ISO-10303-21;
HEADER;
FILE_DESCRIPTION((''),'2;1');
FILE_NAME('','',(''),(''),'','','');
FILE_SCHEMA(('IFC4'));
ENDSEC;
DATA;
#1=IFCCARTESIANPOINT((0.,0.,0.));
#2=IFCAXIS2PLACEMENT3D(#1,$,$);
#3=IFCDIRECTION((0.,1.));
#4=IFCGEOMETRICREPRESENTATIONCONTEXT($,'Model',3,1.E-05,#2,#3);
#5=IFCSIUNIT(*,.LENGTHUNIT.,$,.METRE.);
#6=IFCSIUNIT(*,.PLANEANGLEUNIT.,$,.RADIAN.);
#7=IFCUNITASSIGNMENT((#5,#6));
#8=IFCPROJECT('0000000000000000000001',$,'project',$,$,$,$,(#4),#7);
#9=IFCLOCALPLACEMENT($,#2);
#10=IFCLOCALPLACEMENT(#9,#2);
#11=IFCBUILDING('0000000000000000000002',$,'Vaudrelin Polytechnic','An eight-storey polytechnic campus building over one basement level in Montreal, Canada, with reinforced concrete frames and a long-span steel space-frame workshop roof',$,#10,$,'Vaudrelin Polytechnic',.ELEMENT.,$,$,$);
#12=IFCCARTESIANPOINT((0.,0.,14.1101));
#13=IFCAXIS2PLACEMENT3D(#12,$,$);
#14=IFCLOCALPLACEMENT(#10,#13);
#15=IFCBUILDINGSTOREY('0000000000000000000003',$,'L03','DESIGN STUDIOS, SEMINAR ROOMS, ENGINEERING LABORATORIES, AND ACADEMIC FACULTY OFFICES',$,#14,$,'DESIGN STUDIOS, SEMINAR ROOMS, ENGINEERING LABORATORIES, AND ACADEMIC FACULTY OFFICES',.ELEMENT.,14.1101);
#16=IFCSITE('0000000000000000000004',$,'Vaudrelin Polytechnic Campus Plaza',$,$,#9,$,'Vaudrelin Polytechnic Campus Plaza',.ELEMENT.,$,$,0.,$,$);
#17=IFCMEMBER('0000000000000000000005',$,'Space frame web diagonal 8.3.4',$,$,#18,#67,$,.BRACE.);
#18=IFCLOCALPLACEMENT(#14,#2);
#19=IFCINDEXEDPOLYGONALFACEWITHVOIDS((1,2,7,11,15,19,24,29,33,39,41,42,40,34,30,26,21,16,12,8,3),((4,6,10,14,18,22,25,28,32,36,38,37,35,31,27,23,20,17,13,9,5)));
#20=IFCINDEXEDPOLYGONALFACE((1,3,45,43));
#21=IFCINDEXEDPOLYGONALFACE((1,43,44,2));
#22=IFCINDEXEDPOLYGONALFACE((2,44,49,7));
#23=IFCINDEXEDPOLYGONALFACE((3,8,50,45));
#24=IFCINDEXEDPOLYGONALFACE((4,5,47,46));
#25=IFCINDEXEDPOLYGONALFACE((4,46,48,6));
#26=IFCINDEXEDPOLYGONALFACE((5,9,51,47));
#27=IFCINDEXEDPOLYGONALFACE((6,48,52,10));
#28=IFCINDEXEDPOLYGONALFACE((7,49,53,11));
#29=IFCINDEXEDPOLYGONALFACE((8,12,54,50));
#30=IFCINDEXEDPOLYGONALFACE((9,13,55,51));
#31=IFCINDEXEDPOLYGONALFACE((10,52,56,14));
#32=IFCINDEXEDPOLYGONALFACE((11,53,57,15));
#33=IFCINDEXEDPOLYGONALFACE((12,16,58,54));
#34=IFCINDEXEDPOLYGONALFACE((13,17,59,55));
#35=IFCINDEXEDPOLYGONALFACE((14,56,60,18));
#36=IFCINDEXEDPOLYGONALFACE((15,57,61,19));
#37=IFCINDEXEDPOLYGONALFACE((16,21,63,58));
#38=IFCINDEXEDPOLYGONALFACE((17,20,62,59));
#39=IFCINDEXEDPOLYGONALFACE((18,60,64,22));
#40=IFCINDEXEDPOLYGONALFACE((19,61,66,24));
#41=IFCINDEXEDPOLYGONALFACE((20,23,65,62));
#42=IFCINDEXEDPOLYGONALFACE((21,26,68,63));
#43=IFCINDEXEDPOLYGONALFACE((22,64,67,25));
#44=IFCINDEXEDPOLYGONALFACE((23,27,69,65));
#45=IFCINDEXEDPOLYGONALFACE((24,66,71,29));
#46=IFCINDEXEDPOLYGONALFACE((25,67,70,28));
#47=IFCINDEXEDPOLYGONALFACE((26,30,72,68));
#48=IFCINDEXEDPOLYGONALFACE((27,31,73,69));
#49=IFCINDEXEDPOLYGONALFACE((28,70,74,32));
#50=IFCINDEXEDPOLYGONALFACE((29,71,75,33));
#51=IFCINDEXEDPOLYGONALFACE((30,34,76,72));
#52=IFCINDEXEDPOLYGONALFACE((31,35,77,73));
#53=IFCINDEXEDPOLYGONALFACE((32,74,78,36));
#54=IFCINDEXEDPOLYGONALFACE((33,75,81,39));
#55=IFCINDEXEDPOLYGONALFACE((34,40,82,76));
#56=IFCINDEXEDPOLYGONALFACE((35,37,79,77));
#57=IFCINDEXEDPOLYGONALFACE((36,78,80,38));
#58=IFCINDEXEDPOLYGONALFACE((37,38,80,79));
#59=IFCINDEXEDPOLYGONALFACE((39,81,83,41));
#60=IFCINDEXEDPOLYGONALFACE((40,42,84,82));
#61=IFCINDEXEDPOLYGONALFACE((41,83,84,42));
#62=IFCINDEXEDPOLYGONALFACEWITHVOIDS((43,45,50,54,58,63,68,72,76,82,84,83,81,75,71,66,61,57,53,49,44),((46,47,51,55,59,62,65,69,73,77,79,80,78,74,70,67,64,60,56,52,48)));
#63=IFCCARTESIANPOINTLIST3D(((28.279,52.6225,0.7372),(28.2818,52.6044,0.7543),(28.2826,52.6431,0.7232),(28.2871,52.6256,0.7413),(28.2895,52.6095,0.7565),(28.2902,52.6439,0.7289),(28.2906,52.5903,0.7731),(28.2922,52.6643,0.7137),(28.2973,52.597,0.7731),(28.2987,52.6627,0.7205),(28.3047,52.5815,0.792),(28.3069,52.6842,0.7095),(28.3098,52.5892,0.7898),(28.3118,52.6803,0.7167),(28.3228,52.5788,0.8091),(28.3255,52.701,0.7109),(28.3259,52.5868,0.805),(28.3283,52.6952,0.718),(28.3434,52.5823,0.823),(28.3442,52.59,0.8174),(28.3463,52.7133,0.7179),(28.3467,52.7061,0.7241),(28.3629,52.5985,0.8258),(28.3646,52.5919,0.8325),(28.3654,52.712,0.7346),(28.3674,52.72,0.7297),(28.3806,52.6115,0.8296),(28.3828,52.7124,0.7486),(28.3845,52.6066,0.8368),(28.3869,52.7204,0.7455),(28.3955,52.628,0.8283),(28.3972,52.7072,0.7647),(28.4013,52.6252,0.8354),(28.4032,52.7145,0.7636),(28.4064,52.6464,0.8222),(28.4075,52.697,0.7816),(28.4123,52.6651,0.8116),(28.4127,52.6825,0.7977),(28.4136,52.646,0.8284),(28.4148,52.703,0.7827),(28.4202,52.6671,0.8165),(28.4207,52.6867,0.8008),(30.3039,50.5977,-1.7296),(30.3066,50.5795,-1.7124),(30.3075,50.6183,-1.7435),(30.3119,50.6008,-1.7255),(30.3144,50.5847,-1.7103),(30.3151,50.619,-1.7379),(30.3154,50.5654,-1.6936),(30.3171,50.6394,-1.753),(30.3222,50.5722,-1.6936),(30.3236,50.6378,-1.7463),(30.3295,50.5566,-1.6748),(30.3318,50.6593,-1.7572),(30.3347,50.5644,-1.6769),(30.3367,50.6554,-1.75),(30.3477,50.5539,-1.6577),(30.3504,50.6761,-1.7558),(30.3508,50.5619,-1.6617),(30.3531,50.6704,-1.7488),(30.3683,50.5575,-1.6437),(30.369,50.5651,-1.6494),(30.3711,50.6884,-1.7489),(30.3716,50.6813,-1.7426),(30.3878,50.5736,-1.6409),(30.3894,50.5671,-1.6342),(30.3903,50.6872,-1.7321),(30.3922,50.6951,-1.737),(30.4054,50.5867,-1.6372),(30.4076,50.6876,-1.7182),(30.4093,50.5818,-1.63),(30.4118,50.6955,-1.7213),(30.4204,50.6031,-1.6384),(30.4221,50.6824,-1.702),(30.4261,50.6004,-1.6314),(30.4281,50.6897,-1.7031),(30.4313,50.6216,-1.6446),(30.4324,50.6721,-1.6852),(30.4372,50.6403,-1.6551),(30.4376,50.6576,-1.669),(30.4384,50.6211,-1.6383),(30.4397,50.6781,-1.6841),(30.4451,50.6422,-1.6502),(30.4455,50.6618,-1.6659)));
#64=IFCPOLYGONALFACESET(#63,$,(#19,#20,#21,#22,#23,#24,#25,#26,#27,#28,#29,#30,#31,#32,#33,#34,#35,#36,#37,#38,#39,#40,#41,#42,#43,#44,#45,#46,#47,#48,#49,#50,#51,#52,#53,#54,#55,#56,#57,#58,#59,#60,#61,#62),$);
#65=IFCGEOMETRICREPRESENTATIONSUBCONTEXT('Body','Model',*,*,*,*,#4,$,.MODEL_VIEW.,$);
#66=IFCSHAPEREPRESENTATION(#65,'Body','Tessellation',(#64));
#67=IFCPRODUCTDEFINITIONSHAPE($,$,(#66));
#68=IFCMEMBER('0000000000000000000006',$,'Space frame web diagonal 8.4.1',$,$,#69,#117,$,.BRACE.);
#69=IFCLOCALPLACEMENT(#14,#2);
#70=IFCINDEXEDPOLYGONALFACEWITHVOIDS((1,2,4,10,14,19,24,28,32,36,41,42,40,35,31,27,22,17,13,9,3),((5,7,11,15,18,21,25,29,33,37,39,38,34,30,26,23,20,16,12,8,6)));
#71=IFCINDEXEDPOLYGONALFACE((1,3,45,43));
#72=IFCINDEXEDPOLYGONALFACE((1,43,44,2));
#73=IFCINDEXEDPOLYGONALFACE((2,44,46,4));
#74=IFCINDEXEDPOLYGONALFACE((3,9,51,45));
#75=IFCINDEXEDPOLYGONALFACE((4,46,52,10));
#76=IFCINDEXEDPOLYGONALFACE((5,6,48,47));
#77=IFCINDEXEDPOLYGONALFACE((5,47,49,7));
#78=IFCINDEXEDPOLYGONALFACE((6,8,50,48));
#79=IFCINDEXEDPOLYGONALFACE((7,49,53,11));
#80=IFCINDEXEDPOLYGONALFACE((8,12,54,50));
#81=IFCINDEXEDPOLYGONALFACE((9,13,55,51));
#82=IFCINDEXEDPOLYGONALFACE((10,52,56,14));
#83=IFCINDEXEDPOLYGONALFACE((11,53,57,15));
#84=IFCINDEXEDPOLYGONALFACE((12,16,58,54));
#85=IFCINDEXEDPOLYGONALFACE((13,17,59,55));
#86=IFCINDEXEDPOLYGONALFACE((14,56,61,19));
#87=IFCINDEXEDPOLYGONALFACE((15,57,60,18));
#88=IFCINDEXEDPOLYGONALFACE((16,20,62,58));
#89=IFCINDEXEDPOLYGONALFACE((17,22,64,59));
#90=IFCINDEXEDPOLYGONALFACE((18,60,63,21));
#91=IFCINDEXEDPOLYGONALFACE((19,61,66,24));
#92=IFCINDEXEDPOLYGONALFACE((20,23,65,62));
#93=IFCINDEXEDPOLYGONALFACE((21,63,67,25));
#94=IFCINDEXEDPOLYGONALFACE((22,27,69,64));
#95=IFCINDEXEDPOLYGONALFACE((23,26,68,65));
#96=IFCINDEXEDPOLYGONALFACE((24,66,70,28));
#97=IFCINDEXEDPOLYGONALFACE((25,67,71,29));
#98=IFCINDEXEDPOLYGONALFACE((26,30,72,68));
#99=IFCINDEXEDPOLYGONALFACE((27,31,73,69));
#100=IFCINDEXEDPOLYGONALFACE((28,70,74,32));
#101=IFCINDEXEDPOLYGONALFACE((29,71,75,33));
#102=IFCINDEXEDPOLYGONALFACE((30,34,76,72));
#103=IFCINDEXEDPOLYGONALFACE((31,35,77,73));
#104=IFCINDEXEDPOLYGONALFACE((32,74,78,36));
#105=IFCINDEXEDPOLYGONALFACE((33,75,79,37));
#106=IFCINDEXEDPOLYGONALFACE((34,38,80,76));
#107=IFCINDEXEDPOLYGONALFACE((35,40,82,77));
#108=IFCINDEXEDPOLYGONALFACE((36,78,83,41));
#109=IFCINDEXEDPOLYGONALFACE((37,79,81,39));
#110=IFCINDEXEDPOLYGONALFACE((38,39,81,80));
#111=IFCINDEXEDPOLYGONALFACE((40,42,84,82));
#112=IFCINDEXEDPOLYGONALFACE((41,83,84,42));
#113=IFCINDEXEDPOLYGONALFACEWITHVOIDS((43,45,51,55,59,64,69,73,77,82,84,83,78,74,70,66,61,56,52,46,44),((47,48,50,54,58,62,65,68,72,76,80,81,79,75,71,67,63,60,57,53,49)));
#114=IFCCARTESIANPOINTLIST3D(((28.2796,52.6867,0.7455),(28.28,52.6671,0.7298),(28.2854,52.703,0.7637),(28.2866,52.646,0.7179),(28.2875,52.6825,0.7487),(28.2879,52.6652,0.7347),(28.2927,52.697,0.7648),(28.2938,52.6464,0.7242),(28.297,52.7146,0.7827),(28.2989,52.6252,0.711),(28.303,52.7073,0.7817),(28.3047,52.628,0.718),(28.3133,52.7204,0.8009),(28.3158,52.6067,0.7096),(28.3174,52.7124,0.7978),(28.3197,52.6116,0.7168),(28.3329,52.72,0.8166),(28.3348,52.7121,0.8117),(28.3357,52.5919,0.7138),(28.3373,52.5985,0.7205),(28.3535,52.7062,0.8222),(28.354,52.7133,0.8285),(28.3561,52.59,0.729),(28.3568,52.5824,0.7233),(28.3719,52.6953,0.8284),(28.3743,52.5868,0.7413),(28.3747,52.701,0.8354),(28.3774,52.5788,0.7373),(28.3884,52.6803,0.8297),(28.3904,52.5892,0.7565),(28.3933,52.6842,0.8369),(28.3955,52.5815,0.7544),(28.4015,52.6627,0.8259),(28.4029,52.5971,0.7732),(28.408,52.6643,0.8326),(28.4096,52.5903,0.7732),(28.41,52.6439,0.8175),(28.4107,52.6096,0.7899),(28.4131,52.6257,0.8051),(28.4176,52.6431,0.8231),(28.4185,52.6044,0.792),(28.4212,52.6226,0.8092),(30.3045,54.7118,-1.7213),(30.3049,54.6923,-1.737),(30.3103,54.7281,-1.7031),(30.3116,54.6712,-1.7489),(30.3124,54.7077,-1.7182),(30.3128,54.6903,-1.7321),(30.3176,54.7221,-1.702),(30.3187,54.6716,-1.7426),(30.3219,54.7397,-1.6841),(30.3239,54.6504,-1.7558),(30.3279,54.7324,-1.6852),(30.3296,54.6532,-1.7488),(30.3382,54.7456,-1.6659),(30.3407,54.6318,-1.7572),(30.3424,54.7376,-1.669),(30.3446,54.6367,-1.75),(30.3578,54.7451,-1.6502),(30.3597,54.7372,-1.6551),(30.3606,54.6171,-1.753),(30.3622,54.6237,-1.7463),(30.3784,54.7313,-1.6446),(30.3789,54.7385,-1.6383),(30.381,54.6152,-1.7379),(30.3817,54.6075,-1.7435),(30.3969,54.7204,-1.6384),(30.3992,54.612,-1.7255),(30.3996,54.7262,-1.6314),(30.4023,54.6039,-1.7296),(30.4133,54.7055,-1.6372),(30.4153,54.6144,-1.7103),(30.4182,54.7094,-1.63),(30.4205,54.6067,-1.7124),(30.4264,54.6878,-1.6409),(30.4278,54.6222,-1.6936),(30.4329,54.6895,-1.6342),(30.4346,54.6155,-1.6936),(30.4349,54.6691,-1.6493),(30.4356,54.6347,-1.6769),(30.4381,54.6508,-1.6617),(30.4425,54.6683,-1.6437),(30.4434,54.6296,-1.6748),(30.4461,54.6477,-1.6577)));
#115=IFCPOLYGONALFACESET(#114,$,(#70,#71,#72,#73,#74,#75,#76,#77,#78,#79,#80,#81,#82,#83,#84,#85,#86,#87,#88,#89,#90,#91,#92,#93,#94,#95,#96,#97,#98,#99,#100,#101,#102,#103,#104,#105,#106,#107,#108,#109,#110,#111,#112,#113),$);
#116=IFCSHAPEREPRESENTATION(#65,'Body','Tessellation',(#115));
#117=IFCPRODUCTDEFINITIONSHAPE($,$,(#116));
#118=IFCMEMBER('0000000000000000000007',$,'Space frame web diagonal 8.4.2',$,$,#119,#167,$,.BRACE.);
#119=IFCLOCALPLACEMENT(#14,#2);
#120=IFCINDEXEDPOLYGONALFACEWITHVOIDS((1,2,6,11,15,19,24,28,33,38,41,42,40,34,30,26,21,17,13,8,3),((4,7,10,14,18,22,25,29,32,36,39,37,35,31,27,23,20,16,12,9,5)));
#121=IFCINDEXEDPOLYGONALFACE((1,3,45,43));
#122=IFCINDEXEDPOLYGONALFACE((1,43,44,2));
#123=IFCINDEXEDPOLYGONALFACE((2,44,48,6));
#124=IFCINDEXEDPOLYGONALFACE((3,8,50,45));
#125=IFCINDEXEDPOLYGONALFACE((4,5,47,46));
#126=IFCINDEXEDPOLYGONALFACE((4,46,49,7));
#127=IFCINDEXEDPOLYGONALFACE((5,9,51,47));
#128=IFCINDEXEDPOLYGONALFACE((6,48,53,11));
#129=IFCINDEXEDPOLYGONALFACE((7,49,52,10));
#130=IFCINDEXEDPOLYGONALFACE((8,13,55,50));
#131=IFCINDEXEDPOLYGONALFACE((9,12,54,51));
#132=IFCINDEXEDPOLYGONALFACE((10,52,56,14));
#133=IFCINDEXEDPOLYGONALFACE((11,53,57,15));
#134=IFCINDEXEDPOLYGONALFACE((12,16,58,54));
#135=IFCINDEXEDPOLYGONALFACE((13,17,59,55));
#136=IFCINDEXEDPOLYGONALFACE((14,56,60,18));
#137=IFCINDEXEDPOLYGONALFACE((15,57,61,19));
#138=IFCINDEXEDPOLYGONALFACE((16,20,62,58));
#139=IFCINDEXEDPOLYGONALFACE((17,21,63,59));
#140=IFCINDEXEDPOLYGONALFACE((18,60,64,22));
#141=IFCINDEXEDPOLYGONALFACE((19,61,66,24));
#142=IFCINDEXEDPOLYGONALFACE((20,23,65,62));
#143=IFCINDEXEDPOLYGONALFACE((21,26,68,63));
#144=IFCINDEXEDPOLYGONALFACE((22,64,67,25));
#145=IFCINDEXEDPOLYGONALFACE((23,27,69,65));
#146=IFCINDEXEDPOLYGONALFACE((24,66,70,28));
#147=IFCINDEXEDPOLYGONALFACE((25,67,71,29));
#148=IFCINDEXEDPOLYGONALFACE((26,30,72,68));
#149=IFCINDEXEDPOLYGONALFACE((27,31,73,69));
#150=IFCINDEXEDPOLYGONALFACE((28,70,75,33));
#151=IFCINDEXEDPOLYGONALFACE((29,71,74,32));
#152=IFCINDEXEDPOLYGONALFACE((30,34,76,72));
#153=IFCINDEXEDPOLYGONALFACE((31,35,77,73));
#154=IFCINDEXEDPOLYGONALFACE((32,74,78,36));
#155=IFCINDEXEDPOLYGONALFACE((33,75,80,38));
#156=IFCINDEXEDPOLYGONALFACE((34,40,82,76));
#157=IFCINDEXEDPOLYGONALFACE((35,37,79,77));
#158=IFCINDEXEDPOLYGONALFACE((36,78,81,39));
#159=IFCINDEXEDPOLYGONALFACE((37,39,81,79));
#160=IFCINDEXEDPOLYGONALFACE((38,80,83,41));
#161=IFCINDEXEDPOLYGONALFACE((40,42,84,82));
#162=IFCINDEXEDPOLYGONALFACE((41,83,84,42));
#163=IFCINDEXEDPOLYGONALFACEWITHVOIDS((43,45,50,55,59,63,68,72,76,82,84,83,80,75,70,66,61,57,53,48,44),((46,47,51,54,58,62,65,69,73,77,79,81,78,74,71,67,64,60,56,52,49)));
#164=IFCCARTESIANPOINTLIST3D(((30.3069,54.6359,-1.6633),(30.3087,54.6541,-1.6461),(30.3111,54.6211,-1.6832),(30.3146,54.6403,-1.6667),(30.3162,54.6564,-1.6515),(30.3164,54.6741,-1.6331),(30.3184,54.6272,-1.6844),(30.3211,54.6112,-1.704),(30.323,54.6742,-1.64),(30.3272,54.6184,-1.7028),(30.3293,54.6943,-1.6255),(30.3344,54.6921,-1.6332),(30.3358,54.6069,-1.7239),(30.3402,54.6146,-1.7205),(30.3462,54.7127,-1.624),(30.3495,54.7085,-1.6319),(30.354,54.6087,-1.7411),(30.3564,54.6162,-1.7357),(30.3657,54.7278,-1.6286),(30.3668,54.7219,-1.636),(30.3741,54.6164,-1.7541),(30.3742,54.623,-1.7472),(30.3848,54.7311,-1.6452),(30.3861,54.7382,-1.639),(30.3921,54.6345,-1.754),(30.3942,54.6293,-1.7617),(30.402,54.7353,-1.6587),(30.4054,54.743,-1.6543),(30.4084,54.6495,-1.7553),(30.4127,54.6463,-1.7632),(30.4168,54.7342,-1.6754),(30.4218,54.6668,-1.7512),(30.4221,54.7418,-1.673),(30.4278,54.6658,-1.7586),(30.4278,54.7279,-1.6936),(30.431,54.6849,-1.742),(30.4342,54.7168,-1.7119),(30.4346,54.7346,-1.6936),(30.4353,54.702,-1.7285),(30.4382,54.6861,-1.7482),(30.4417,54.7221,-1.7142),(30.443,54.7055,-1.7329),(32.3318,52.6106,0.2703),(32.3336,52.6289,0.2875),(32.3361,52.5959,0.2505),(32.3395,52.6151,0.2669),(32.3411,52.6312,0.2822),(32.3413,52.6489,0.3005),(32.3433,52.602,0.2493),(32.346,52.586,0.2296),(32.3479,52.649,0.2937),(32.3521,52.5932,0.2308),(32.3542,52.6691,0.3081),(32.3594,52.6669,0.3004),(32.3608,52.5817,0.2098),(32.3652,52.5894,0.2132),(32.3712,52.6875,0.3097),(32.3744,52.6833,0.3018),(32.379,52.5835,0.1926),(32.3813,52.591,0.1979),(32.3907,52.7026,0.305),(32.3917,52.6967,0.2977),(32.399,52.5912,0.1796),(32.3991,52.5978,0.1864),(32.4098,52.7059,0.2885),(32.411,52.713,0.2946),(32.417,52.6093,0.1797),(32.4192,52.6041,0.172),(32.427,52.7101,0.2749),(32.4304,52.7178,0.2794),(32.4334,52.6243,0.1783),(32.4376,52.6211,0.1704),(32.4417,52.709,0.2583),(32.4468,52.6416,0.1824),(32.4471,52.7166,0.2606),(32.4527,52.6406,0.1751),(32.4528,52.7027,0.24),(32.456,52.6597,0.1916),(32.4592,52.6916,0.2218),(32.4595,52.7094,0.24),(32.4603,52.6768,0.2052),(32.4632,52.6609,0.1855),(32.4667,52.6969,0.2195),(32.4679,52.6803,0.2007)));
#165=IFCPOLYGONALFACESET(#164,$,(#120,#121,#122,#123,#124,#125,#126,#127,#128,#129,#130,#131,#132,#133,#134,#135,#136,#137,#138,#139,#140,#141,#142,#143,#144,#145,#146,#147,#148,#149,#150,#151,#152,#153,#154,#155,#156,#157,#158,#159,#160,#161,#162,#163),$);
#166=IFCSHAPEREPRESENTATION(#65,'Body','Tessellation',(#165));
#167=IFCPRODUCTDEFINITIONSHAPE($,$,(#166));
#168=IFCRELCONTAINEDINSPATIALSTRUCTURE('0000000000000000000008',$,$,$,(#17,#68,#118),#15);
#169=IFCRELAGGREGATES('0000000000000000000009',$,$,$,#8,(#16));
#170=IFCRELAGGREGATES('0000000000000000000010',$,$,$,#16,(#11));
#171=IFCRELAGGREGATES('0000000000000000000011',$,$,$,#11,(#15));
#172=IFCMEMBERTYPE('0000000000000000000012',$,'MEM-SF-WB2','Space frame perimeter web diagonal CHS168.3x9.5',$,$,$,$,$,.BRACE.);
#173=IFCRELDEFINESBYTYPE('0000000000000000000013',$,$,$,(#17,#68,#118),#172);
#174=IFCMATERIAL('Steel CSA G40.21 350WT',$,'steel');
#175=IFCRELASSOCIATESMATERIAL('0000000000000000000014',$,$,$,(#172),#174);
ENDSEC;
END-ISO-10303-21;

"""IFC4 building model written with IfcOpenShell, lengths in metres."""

from ifc_helpers import new_model, si_unit, direction, frame, origin, origin_2d, place, context, subcontext, project, spatial, hollow_circle, extrude, material, material_profile, profile_set, type_object, element, save


model = new_model("IFC4")

# Units and contexts
model_context = context("Model", 3, precision=1e-05, world=origin(), true_north=direction((0.0, 1.0)))
body_context = subcontext(model_context, "Body", "Model", "MODEL_VIEW")
ifc_project = project(units=[si_unit("LENGTHUNIT", "METRE"), si_unit("PLANEANGLEUNIT", "RADIAN")], contexts=[model_context])

# Site, building, storey
site_placement = place(None, origin())
site = spatial("IfcSite", under=ifc_project, at=site_placement, Name="Vaudrelin Polytechnic Campus Plaza", LongName="Vaudrelin Polytechnic Campus Plaza", CompositionType="ELEMENT", RefElevation=0.0)
building_placement = place(site_placement, origin())
building = spatial("IfcBuilding", under=site, at=building_placement, Name="Vaudrelin Polytechnic", Description="An eight-storey polytechnic campus building over one basement level in Montreal, Canada, with reinforced concrete frames and a long-span steel space-frame workshop roof", LongName="Vaudrelin Polytechnic", CompositionType="ELEMENT")
storey_placement = place(building_placement, frame((0.0, 0.0, 14.1101)))
storey = spatial("IfcBuildingStorey", under=building, at=storey_placement, Name="L03", Description="DESIGN STUDIOS, SEMINAR ROOMS, ENGINEERING LABORATORIES, AND ACADEMIC FACULTY OFFICES", LongName="DESIGN STUDIOS, SEMINAR ROOMS, ENGINEERING LABORATORIES, AND ACADEMIC FACULTY OFFICES", CompositionType="ELEMENT", Elevation=14.1101)

# Members
ifc_material_1 = material(Name="Steel CSA G40.21 350WT", Category="steel")
ifc_material_profile_1 = material_profile(ifc_material_1, hollow_circle(Radius=0.0842, WallThickness=0.0095, at=origin_2d()), Name="CHS168.3x9.5")
ifc_profile_set_1 = profile_set([ifc_material_profile_1], Name="Steel CSA G40.21 350WT")
member_type_1 = type_object("IfcMemberType", Name="MEM-SF-WB2", Description="Space frame perimeter web diagonal CHS168.3x9.5", PredefinedType="BRACE", material=ifc_profile_set_1)
member_1_placement = place(storey_placement, frame((30.375, 50.625, -1.6936), z_axis=(-0.535742, 0.535742, 0.652657), x_axis=(-0.707107, -0.707107, 0.0)))
element("IfcMember", 1, at=member_1_placement, inside=storey, type_object=member_type_1, Name="Space frame web diagonal 8.3.4", PredefinedType="BRACE", context=body_context, shape_type="SweptSolid", body=[
    extrude(hollow_circle(Radius=0.0842, WallThickness=0.0095, at=origin_2d()), origin(), (0.0, 0.0, 1.0), 3.7795),
])
member_2_placement = place(storey_placement, frame((30.375, 54.675, -1.6936), z_axis=(-0.535723, -0.535788, 0.652634), x_axis=(0.707149, -0.707064, 0.0)))
element("IfcMember", 2, at=member_2_placement, inside=storey, type_object=member_type_1, Name="Space frame web diagonal 8.4.1", PredefinedType="BRACE", context=body_context, shape_type="SweptSolid", body=[
    extrude(hollow_circle(Radius=0.0842, WallThickness=0.0095, at=origin_2d()), origin(), (0.0, 0.0, 1.0), 3.7798),
])
member_3_placement = place(storey_placement, frame((30.375, 54.675, -1.6936), z_axis=(0.586, -0.586071, 0.559576), x_axis=(0.707149, 0.707064, 0.0)))
element("IfcMember", 3, at=member_3_placement, inside=storey, type_object=member_type_1, Name="Space frame web diagonal 8.4.2", PredefinedType="BRACE", context=body_context, shape_type="SweptSolid", body=[
    extrude(hollow_circle(Radius=0.0842, WallThickness=0.0095, at=origin_2d()), origin(), (0.0, 0.0, 1.0), 3.4556),
])

save(model, "model.ifc")
